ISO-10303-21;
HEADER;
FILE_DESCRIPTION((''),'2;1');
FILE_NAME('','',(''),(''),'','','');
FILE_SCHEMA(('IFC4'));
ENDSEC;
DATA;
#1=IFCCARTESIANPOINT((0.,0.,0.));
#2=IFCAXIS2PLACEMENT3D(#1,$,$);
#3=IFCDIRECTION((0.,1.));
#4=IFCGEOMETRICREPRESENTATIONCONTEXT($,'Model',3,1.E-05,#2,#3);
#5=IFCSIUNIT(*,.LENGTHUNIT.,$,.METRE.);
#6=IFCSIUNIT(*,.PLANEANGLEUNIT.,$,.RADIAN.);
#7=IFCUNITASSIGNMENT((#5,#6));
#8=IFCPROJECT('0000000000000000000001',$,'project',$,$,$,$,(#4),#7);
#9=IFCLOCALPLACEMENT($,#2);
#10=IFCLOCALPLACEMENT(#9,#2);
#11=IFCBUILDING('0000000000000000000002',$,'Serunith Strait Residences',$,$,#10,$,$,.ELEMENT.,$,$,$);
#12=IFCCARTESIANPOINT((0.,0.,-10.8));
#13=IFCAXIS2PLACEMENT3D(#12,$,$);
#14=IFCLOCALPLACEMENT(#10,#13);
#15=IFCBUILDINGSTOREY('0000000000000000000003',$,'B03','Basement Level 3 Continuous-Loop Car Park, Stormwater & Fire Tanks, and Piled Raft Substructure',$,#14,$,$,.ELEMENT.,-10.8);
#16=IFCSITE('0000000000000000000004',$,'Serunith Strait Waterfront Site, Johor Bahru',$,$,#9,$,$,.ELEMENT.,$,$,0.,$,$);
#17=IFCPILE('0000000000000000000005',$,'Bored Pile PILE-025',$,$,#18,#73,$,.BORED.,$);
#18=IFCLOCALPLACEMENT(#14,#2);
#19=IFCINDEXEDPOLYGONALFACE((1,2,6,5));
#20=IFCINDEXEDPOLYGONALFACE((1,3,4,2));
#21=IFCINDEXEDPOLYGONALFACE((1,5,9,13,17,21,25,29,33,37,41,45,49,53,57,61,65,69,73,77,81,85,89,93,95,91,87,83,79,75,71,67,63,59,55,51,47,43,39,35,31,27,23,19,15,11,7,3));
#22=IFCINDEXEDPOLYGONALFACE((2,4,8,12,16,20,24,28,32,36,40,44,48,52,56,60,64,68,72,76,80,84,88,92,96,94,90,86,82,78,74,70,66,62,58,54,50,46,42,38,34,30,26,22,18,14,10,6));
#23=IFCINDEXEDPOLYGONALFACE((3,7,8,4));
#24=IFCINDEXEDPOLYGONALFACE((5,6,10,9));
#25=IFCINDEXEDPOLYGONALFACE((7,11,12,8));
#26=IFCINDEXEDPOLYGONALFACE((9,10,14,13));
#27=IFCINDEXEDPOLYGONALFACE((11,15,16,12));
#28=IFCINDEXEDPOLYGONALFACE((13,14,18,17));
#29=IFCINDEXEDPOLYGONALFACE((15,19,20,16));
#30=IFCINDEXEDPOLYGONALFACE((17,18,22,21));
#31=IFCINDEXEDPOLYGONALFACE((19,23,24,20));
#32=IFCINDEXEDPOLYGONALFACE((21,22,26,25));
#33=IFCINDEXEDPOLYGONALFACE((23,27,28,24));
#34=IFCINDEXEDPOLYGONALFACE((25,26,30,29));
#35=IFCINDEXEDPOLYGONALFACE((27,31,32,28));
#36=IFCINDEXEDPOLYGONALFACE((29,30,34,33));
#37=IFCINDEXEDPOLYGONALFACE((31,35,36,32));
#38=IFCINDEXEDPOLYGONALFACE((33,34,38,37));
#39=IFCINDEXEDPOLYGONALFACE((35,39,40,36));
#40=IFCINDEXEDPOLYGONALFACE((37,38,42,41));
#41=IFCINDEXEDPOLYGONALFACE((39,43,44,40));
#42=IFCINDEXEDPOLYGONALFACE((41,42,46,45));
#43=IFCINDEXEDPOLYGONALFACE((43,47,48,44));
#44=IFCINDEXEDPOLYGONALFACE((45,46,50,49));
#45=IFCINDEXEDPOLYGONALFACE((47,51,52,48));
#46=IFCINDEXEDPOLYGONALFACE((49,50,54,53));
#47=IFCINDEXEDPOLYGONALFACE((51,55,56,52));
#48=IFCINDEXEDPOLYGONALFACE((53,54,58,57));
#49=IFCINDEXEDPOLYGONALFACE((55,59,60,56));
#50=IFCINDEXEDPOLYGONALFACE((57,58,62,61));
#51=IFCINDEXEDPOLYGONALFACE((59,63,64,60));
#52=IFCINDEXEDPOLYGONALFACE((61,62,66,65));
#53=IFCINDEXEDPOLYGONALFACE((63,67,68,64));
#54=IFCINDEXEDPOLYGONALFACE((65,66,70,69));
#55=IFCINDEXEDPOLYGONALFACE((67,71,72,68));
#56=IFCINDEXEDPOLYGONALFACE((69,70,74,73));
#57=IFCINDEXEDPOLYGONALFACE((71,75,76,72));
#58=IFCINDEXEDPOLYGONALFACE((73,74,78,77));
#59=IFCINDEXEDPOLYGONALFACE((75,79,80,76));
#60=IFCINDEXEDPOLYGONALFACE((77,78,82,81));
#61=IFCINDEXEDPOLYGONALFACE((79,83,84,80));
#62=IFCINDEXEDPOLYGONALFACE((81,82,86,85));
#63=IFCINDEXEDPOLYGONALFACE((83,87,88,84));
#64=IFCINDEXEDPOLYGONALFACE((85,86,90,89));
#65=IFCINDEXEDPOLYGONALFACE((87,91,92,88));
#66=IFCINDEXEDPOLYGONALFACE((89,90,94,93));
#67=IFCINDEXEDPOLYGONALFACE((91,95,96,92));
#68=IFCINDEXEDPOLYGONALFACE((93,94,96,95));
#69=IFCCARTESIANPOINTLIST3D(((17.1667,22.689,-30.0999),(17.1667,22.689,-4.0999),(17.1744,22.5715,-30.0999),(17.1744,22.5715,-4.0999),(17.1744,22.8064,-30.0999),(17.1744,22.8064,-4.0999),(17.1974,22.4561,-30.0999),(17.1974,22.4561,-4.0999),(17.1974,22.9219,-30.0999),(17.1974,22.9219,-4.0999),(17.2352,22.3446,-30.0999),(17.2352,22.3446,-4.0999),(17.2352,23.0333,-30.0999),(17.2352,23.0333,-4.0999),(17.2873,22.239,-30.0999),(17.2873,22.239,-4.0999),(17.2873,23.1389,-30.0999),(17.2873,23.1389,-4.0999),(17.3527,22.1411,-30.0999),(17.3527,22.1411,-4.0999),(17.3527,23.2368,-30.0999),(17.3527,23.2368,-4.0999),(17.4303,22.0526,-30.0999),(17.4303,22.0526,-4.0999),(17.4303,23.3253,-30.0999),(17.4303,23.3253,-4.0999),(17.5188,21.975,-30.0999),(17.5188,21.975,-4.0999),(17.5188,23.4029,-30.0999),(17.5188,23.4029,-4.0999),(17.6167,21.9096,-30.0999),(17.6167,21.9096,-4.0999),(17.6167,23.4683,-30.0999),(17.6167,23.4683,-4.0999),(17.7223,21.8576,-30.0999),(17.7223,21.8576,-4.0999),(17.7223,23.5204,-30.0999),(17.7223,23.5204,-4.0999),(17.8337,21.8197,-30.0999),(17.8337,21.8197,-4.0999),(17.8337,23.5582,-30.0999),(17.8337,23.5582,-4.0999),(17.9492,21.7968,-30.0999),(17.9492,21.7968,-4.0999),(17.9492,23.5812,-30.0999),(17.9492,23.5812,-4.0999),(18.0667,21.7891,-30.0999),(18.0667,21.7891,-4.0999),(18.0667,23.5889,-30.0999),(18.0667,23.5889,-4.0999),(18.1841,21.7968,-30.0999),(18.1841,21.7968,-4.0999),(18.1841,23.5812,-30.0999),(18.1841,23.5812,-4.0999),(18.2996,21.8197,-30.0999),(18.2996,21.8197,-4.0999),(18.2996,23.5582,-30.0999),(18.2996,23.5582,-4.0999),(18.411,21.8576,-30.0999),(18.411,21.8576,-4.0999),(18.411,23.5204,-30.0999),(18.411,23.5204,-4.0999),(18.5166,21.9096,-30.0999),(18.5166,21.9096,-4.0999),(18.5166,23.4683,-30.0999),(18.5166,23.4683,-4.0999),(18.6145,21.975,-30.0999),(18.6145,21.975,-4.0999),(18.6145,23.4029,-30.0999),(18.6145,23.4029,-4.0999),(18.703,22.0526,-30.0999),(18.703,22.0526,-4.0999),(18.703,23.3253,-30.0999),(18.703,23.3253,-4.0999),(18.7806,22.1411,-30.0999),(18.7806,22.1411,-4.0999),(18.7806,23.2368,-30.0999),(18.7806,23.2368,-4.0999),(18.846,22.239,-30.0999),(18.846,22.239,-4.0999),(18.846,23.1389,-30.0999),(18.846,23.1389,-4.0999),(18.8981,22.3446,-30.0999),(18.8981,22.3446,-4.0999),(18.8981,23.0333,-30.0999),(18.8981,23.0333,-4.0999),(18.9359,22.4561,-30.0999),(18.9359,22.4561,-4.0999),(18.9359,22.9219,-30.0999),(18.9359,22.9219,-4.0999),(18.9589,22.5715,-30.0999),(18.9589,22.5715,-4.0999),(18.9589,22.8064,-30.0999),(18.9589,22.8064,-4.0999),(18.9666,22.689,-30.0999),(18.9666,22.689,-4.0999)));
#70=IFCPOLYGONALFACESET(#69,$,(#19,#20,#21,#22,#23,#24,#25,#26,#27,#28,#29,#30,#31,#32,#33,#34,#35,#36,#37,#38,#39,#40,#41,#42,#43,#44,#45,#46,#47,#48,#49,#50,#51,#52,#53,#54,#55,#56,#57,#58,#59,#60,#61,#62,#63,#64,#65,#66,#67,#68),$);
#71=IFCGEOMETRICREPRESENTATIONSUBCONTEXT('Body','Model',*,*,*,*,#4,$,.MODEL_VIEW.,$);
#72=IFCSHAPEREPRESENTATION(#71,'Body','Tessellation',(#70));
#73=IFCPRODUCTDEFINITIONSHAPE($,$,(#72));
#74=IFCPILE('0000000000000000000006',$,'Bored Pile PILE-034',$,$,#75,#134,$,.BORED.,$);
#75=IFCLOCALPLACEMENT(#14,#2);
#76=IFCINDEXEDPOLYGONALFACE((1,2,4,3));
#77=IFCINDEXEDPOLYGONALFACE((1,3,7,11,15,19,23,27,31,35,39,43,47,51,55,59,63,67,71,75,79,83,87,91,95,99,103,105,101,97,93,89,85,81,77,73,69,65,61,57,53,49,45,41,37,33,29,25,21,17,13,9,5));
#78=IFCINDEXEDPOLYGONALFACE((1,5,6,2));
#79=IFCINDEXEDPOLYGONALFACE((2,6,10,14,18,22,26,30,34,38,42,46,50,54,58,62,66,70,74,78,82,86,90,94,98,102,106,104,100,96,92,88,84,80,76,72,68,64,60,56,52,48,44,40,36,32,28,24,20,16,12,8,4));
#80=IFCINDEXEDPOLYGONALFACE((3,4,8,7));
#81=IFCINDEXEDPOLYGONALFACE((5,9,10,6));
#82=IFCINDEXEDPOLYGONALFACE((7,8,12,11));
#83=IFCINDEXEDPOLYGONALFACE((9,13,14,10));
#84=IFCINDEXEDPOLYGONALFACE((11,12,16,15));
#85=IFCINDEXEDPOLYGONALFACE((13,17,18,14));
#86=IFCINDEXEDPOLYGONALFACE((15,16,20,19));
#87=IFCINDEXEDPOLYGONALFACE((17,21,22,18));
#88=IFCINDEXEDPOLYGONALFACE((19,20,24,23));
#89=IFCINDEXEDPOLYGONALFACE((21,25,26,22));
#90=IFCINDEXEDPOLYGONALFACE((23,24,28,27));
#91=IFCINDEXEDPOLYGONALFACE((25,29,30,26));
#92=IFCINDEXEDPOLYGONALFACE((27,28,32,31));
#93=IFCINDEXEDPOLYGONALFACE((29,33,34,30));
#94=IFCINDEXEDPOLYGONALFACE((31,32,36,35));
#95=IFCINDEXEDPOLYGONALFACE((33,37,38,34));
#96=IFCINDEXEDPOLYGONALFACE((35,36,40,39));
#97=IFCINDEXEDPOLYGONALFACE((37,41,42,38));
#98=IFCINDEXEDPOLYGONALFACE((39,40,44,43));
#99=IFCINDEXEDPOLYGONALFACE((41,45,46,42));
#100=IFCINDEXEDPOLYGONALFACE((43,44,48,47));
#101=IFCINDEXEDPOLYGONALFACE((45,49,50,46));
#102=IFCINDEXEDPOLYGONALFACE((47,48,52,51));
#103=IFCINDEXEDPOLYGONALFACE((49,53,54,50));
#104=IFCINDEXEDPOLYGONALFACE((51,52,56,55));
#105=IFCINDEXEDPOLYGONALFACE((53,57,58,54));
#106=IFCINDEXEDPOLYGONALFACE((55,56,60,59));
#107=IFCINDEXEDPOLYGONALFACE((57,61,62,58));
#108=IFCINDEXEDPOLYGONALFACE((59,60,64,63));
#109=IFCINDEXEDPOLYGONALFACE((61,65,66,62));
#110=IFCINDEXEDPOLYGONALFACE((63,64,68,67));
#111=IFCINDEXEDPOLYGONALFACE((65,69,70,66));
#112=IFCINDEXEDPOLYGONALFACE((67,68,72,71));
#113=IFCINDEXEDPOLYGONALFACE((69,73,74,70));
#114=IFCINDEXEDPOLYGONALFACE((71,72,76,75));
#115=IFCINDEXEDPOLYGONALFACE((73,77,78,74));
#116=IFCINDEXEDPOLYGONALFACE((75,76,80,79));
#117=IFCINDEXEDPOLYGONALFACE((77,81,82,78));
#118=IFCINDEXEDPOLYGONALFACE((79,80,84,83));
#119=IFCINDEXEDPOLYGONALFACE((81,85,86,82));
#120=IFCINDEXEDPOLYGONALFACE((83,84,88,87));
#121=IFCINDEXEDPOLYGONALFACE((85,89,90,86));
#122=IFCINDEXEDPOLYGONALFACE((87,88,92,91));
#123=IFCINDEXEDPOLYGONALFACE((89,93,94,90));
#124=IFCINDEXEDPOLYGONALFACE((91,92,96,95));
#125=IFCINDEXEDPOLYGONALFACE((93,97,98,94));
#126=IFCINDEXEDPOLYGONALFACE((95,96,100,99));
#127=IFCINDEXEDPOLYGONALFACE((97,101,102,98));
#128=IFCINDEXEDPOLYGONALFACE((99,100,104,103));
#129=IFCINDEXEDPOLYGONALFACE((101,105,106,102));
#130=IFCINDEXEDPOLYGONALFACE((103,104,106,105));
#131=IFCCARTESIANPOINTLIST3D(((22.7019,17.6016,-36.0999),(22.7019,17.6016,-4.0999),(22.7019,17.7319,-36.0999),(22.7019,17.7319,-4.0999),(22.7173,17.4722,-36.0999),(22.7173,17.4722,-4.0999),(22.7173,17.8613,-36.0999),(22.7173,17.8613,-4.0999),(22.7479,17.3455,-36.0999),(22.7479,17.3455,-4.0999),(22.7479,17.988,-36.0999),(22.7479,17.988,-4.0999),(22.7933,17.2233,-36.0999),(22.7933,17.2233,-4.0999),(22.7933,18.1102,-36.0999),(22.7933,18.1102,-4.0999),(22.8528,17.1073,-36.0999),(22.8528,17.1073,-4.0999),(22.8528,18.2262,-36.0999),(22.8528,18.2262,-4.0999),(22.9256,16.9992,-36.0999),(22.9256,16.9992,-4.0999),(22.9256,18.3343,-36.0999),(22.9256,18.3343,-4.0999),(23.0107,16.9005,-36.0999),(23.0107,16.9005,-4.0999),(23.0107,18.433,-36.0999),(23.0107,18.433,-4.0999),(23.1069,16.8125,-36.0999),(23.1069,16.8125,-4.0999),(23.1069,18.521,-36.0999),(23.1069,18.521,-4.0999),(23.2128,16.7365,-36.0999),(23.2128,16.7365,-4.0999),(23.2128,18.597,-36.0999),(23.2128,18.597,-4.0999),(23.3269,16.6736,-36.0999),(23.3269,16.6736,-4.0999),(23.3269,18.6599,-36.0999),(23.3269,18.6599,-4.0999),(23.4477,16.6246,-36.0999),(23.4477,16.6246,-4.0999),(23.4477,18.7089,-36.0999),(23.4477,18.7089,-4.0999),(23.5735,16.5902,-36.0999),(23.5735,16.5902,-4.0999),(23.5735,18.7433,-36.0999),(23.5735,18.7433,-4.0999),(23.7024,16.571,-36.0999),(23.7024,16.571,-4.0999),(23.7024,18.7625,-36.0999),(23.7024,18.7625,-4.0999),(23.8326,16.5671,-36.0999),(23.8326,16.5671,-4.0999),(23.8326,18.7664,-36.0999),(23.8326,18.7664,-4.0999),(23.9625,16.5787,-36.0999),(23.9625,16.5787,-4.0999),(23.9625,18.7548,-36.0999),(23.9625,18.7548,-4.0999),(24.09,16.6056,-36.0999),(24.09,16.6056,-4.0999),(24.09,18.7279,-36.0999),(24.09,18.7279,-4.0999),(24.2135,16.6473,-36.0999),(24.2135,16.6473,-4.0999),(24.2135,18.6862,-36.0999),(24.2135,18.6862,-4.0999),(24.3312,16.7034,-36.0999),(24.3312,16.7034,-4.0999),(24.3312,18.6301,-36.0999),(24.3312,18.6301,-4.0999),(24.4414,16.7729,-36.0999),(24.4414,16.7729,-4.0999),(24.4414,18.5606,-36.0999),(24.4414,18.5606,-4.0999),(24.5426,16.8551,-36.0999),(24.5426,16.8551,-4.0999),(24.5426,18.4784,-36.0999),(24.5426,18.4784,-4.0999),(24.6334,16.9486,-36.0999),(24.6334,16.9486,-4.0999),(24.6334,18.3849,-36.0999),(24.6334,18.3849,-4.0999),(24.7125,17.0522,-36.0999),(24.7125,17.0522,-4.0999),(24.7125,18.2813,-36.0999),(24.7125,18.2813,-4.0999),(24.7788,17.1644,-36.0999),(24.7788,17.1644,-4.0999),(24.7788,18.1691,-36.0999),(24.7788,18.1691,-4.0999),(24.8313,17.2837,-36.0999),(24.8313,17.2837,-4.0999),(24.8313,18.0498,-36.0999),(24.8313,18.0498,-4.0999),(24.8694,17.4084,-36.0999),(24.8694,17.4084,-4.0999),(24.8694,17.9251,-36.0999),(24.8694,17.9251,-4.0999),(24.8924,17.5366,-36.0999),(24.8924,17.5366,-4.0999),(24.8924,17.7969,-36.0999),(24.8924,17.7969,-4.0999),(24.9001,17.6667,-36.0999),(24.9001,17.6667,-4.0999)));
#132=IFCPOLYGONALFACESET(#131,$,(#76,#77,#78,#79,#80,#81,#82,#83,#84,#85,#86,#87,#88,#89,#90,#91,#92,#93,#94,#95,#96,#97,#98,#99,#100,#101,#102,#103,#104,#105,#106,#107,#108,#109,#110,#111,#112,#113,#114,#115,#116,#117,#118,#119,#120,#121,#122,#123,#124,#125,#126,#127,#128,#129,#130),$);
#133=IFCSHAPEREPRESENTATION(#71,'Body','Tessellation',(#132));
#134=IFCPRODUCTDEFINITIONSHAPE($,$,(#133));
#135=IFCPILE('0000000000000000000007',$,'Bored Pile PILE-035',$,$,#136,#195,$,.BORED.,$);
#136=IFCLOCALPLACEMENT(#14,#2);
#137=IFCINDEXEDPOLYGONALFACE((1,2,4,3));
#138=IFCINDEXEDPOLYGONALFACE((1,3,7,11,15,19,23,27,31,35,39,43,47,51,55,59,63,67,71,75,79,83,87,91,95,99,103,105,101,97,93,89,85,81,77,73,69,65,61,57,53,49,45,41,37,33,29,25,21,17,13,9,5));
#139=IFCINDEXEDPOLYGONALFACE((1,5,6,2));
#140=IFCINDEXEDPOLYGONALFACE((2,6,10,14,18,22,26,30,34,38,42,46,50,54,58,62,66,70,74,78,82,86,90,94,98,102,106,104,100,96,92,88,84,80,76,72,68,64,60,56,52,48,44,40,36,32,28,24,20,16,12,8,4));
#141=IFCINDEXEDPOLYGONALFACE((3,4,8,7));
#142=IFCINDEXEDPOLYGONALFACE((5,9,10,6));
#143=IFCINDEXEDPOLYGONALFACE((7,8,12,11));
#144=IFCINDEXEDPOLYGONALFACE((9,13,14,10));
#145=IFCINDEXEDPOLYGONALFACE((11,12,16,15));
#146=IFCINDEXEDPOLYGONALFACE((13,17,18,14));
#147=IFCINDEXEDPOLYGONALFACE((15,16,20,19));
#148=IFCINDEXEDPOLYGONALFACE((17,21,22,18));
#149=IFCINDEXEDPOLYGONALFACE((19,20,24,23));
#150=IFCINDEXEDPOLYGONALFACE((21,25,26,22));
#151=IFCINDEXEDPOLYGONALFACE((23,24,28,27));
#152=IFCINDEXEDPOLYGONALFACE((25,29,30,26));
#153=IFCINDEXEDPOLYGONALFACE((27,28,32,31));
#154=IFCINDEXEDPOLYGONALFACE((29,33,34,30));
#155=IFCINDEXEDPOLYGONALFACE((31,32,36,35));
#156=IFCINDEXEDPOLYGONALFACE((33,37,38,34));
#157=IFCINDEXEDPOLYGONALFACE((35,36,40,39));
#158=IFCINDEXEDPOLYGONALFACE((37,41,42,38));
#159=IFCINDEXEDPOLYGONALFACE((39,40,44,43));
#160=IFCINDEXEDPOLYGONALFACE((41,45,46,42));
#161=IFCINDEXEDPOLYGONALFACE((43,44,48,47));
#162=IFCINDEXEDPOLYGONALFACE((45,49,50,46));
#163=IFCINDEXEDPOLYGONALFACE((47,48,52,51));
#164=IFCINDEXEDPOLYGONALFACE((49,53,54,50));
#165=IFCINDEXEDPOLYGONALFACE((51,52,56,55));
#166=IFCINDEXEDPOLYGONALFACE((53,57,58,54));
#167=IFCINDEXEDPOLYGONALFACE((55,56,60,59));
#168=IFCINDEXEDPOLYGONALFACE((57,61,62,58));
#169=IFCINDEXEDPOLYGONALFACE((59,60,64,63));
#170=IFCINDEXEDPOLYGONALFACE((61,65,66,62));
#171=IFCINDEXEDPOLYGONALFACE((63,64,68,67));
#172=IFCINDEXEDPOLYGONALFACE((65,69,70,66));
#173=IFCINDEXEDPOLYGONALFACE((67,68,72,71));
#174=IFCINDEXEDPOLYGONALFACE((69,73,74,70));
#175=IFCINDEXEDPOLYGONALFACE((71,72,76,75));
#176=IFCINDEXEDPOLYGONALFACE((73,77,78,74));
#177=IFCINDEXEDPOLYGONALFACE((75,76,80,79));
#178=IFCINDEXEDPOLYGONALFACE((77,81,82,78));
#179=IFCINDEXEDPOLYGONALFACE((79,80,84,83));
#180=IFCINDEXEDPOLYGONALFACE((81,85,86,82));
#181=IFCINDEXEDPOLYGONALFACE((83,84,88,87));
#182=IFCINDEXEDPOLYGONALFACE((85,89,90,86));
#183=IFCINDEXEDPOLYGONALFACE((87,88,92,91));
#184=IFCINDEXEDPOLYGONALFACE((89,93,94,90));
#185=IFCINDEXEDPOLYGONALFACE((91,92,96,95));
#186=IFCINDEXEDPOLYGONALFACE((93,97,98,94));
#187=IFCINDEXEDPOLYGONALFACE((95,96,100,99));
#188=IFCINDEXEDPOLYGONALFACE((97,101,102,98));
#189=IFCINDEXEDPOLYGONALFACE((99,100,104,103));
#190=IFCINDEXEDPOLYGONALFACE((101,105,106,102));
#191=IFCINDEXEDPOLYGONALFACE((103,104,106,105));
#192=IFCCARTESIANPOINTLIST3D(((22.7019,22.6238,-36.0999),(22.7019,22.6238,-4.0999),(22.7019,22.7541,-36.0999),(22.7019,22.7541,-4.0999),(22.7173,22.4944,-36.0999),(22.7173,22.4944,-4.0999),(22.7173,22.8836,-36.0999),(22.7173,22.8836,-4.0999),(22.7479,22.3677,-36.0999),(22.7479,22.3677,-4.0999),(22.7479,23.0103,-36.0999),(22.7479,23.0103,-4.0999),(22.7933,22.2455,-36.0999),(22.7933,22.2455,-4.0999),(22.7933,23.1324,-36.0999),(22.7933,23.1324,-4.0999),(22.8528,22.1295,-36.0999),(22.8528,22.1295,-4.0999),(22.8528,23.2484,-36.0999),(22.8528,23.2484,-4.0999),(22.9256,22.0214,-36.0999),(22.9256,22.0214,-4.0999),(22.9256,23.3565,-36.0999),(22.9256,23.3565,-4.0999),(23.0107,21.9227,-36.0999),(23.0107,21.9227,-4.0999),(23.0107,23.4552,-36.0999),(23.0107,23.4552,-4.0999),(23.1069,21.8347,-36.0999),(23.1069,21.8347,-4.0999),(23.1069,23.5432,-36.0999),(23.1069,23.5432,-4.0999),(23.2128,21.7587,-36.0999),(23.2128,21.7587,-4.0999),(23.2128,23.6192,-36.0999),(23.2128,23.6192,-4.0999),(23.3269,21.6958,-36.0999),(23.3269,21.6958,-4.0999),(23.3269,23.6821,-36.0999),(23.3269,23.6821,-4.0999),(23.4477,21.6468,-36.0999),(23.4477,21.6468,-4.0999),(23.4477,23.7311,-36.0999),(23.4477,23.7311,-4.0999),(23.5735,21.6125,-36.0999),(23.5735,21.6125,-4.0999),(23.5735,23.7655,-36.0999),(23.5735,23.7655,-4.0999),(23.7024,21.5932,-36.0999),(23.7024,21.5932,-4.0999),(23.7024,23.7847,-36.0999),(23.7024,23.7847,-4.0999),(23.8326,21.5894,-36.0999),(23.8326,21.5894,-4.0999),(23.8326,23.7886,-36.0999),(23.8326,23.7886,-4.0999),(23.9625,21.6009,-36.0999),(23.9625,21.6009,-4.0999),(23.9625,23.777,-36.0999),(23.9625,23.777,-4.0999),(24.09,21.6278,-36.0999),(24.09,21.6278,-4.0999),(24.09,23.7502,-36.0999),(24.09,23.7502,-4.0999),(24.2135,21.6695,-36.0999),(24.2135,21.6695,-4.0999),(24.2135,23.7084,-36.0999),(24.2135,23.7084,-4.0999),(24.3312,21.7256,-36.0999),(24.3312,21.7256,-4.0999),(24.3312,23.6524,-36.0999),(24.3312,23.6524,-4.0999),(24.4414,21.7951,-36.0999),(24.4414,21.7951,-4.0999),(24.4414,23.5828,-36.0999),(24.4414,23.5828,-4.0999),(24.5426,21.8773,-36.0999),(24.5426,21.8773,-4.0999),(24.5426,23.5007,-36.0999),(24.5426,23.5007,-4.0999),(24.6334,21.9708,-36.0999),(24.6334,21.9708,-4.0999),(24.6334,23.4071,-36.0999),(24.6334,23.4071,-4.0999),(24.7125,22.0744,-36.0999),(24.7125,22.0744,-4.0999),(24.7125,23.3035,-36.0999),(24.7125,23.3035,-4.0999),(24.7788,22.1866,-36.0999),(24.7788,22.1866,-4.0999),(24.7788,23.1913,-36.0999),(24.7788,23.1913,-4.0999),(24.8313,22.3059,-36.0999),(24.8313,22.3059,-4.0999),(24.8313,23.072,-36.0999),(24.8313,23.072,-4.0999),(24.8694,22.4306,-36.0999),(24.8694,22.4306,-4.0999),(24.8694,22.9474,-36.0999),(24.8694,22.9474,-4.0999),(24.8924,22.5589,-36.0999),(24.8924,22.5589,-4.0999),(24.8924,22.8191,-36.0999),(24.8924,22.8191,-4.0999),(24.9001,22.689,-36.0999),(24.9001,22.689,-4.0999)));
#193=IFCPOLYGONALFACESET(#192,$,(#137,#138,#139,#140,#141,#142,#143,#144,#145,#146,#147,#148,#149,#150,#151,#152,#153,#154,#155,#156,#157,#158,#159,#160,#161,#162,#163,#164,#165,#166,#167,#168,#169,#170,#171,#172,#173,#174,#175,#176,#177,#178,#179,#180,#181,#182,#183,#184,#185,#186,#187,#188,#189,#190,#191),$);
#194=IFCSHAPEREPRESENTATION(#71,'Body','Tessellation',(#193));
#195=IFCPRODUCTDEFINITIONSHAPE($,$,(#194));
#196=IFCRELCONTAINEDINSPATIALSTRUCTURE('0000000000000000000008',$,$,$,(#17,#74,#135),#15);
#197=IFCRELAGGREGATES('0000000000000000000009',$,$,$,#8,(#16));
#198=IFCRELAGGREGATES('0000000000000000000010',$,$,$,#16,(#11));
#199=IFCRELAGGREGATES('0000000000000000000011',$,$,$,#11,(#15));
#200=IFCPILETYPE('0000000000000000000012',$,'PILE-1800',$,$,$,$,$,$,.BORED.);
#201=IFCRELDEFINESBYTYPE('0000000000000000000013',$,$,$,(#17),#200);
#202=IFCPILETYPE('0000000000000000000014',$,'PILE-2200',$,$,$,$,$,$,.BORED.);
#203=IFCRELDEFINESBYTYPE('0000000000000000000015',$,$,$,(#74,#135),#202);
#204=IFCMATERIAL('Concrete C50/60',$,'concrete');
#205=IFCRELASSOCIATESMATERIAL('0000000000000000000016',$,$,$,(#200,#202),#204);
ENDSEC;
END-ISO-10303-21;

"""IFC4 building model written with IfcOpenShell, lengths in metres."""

from ifc_helpers import new_model, si_unit, direction, frame, origin, origin_2d, place, context, subcontext, project, spatial, circle, extrude, source, transform, mapped, material, material_profile, profile_set, type_object, element, save


model = new_model("IFC4")

# Units and contexts
model_context = context("Model", 3, precision=1e-05, world=origin(), true_north=direction((0.0, 1.0)))
body_context = subcontext(model_context, "Body", "Model", "MODEL_VIEW")
ifc_project = project(units=[si_unit("LENGTHUNIT", "METRE"), si_unit("PLANEANGLEUNIT", "RADIAN")], contexts=[model_context])

# Site, building, storey
site_placement = place(None, origin())
site = spatial("IfcSite", under=ifc_project, at=site_placement, Name="Serunith Strait Waterfront Site, Johor Bahru", CompositionType="ELEMENT", RefElevation=0.0)
building_placement = place(site_placement, origin())
building = spatial("IfcBuilding", under=site, at=building_placement, Name="Serunith Strait Residences", CompositionType="ELEMENT")
storey_placement = place(building_placement, frame((0.0, 0.0, -10.8)))
storey = spatial("IfcBuildingStorey", under=building, at=storey_placement, Name="B03", Description="Basement Level 3 Continuous-Loop Car Park, Stormwater & Fire Tanks, and Piled Raft Substructure", CompositionType="ELEMENT", Elevation=-10.8)

# Piles
ifc_material_1 = material(Name="Concrete C50/60", Category="concrete")
ifc_material_profile_1 = material_profile(ifc_material_1, circle(Radius=0.8999, at=origin_2d()), Name="PILE D1800")
ifc_profile_set_1 = profile_set([ifc_material_profile_1], Name="Concrete C50/60")
pile_type_1 = type_object("IfcPileType", Name="PILE-1800", PredefinedType="BORED", material=ifc_profile_set_1)
shared_shape_1 = source(origin(), body_context, "Body", "SweptSolid", [
    extrude(circle(Radius=0.8999, at=origin_2d()), origin(), (0.0, 0.0, 1.0), 26.0),
])
for number, where, z_axis, x_axis, name in (
    (1, (18.0667, 22.689, -4.0999), (0.0, 0.0, -1.0), (1.0, 0.0, 0.0), "Bored Pile PILE-025"),
):
    element("IfcPile", number, at=place(storey_placement, frame(where, z_axis=z_axis, x_axis=x_axis)), inside=storey, type_object=pile_type_1, Name=name, PredefinedType="BORED", context=body_context, shape_type="MappedRepresentation", body=[
        mapped(shared_shape_1, transform((0.0, 0.0, 0.0), scale=1.0)),
    ])
ifc_material_profile_2 = material_profile(ifc_material_1, circle(Radius=1.1001, at=origin_2d()), Name="PILE D2200")
ifc_profile_set_2 = profile_set([ifc_material_profile_2], Name="Concrete C50/60")
pile_type_2 = type_object("IfcPileType", Name="PILE-2200", PredefinedType="BORED", material=ifc_profile_set_2)
shared_shape_2 = source(origin(), body_context, "Body", "SweptSolid", [
    extrude(circle(Radius=1.1001, at=origin_2d()), origin(), (0.0, 0.0, 1.0), 32.0),
])
for number, where, z_axis, x_axis, name in (
    (2, (23.8, 17.6667, -4.0999), (0.0, 0.0, -1.0), (1.0, 0.0, 0.0), "Bored Pile PILE-034"),
    (3, (23.8, 22.689, -4.0999), (0.0, 0.0, -1.0), (1.0, 0.0, 0.0), "Bored Pile PILE-035"),
):
    element("IfcPile", number, at=place(storey_placement, frame(where, z_axis=z_axis, x_axis=x_axis)), inside=storey, type_object=pile_type_2, Name=name, PredefinedType="BORED", context=body_context, shape_type="MappedRepresentation", body=[
        mapped(shared_shape_2, transform((0.0, 0.0, 0.0), scale=1.0)),
    ])

save(model, "model.ifc")
